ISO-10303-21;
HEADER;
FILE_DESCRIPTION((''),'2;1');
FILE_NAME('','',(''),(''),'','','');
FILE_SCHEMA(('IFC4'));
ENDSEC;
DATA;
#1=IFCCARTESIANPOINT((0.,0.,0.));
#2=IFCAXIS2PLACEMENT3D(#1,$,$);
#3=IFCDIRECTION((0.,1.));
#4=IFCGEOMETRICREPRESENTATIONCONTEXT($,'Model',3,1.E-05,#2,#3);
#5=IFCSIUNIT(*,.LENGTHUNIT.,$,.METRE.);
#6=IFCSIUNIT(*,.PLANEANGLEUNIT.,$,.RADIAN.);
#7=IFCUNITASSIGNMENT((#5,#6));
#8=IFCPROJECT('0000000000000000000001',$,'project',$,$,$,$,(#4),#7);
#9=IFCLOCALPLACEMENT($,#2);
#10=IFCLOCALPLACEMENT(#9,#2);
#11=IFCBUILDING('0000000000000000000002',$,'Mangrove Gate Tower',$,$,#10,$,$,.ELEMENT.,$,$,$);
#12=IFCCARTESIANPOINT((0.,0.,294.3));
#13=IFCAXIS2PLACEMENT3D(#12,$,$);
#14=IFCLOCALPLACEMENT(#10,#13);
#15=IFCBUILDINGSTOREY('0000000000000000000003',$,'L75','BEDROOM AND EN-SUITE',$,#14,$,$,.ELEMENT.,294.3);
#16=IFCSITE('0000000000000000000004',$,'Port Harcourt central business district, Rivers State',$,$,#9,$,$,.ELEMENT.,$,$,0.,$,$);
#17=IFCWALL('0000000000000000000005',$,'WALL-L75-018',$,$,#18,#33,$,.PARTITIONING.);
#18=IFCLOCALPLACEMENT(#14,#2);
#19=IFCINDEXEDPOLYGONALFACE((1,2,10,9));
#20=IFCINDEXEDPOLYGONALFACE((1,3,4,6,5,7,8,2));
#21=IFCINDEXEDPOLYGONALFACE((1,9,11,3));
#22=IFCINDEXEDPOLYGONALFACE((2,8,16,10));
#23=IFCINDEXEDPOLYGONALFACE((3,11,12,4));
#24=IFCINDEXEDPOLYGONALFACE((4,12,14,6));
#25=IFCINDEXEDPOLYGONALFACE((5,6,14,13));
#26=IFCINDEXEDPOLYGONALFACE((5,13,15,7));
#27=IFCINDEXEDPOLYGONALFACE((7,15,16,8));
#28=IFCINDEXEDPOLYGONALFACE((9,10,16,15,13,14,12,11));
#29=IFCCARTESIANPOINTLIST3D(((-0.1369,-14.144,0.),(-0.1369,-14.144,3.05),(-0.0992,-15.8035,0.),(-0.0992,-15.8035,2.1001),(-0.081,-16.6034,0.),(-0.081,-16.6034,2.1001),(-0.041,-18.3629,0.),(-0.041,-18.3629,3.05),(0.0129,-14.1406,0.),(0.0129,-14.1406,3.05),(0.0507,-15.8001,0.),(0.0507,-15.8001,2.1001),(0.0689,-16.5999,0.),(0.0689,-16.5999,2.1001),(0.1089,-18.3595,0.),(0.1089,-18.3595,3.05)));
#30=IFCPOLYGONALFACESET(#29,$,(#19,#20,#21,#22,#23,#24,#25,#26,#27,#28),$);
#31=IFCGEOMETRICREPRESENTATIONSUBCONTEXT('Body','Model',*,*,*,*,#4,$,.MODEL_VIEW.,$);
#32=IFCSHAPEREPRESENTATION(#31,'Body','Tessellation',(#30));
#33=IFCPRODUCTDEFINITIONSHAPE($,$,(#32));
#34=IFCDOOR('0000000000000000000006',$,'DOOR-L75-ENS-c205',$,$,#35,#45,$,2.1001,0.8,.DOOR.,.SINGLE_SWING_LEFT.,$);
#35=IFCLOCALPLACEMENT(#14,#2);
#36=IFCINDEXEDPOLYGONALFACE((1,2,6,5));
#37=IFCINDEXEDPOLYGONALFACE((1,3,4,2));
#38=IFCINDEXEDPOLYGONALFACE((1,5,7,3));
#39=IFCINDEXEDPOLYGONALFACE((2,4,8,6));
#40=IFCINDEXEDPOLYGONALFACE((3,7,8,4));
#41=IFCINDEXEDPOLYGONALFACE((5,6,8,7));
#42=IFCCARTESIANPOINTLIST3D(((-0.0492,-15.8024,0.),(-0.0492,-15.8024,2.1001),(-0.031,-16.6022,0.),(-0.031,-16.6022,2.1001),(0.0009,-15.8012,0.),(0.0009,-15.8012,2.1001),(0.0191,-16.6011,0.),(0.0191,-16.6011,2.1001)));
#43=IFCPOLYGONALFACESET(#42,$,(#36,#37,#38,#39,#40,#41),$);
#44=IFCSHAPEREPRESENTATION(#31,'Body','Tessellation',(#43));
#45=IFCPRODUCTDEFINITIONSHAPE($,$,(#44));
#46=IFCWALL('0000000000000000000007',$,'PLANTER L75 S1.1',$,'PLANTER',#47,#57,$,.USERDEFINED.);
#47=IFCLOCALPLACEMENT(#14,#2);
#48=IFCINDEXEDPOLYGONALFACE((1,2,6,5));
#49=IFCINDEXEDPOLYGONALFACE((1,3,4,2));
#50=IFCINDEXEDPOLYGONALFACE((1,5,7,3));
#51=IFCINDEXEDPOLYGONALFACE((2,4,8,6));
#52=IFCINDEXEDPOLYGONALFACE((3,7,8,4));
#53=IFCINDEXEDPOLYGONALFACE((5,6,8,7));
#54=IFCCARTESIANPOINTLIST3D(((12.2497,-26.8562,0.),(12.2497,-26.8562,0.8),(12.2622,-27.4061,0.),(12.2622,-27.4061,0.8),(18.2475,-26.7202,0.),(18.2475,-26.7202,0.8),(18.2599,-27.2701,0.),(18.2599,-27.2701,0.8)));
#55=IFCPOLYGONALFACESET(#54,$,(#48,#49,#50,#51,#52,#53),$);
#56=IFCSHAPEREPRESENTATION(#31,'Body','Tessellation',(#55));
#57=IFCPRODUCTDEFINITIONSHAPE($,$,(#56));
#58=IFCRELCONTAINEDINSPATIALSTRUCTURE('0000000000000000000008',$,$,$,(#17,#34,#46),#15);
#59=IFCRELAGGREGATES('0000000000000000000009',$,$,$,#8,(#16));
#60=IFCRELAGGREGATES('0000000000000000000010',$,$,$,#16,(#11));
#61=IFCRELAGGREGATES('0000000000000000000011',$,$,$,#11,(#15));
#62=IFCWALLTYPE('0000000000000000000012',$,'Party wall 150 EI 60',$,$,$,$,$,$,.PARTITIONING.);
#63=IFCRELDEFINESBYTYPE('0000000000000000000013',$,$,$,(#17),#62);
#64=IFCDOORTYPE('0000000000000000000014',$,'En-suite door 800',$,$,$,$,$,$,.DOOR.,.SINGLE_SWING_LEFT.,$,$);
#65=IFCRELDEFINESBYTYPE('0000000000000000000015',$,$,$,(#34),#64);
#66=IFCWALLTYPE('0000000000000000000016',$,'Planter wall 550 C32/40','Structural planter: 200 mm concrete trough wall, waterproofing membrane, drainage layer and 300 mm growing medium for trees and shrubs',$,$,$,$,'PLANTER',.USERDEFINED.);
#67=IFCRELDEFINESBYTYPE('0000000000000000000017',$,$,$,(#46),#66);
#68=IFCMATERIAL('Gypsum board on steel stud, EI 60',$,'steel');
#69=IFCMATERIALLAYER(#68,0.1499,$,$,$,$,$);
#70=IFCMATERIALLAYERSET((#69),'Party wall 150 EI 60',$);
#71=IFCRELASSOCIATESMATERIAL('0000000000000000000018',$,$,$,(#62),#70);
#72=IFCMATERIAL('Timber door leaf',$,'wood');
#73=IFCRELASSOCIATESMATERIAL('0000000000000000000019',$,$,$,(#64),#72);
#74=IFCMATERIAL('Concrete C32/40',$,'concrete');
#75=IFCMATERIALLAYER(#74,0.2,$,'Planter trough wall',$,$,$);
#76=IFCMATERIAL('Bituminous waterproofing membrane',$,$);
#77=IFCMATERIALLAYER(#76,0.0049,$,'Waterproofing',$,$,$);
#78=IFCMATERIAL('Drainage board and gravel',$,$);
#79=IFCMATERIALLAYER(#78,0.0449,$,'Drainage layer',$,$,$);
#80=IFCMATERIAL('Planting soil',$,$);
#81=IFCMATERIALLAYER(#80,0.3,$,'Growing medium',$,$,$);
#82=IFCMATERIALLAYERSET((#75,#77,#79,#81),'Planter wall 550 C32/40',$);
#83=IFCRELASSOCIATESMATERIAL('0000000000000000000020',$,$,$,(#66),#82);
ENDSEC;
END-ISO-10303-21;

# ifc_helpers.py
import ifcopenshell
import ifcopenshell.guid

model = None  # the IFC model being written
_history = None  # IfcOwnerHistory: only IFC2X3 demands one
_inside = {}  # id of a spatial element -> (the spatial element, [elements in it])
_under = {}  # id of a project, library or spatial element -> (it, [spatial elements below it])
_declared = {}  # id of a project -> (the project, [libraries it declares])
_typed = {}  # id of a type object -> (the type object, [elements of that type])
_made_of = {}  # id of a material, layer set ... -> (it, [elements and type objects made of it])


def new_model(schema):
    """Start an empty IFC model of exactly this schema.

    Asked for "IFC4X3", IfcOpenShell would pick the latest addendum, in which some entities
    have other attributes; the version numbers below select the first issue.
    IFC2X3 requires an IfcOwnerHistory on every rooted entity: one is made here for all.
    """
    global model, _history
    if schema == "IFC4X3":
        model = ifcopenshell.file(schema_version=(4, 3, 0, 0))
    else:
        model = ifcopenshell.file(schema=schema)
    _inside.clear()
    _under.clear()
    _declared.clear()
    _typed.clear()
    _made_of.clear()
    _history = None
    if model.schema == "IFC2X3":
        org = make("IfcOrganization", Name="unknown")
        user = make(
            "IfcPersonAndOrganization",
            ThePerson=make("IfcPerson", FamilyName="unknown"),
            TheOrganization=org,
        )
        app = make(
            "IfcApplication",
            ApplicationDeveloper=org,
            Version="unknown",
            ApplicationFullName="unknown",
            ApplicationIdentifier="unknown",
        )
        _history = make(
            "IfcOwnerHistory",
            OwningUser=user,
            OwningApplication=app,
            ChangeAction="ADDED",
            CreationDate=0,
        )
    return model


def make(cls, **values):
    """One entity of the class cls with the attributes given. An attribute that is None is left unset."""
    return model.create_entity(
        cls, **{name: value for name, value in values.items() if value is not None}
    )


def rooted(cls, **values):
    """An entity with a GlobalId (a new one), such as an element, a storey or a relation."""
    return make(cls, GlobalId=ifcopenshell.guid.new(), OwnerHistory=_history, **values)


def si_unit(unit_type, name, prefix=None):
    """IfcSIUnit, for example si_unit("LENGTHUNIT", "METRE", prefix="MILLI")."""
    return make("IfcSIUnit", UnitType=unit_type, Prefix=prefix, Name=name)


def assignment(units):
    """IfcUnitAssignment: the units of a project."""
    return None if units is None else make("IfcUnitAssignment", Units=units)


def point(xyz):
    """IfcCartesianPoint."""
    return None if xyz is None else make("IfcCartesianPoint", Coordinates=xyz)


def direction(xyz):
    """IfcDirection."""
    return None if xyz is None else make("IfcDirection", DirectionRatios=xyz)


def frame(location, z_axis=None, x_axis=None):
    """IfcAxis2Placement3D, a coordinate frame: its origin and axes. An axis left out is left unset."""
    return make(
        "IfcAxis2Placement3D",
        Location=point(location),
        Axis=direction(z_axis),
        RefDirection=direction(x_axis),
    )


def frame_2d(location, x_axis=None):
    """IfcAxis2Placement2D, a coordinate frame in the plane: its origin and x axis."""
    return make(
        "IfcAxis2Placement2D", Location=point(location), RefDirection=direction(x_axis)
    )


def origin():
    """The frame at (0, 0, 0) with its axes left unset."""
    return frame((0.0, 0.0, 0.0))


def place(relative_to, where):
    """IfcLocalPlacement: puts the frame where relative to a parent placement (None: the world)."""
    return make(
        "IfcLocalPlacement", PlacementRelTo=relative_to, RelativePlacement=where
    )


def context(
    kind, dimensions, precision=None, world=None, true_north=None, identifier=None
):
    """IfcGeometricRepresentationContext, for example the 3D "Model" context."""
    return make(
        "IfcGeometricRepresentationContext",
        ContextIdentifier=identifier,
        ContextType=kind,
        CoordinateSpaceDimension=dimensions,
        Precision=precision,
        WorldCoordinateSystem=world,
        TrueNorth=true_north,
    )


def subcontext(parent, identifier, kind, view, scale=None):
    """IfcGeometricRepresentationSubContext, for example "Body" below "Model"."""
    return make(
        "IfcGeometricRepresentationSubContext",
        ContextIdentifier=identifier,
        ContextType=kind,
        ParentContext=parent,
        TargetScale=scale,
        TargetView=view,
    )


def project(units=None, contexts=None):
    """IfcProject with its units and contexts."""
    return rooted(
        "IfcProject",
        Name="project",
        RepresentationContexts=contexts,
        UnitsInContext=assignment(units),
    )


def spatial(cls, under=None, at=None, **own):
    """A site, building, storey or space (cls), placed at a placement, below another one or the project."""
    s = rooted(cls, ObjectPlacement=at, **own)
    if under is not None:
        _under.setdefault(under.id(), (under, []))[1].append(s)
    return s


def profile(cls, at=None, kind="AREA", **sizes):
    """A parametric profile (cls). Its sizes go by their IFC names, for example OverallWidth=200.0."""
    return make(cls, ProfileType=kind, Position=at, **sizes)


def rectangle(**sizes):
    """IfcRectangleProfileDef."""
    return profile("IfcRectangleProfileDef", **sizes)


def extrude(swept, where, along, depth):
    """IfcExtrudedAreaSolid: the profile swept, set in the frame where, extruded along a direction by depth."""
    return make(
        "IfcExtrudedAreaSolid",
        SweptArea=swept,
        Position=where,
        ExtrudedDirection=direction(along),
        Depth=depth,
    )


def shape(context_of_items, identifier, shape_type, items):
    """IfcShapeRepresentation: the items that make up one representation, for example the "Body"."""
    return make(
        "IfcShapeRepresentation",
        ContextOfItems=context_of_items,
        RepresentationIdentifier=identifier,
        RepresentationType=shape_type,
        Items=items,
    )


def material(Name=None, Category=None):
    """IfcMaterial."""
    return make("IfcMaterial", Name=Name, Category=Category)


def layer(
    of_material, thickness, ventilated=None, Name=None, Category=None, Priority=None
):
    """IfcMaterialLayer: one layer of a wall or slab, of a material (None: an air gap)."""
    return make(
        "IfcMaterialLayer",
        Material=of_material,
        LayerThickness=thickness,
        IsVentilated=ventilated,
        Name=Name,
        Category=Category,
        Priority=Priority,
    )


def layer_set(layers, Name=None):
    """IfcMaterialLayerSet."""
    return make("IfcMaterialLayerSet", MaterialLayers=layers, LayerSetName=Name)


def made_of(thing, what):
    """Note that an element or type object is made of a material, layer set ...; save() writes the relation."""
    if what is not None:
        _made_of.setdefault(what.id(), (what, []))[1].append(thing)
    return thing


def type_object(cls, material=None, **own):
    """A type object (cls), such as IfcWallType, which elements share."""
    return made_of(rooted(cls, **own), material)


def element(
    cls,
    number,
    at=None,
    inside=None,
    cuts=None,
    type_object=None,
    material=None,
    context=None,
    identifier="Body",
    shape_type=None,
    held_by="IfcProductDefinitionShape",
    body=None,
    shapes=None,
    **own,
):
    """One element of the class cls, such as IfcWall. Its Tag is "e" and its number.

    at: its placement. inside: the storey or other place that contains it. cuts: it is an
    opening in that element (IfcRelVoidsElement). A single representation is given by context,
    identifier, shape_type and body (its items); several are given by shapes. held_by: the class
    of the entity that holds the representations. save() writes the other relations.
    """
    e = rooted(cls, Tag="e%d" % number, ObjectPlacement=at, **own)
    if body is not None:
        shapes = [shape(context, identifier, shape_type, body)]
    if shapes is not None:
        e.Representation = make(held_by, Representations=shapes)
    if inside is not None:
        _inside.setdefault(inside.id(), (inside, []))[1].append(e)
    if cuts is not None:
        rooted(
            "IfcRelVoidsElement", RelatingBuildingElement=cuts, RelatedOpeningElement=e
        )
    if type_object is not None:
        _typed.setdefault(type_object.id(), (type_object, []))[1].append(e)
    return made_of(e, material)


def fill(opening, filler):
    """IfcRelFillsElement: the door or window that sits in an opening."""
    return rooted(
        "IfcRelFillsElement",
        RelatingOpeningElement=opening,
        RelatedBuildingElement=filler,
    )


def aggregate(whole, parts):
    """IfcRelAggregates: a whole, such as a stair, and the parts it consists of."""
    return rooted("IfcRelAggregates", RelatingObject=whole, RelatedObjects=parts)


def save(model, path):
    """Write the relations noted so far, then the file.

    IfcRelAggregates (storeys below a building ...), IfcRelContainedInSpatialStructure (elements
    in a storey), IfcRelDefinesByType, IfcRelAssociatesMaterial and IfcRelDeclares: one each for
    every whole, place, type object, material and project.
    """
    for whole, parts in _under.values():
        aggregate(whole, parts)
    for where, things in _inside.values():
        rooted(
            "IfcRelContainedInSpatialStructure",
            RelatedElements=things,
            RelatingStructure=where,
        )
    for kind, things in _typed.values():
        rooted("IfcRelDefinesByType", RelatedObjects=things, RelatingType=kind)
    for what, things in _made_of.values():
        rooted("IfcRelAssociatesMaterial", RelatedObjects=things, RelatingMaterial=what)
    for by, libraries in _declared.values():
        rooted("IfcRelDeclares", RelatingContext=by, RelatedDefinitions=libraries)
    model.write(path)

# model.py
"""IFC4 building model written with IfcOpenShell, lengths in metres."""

from ifc_helpers import new_model, si_unit, direction, frame, frame_2d, origin, place, context, subcontext, project, spatial, rectangle, extrude, material, layer, layer_set, type_object, element, fill, save


model = new_model("IFC4")

# Units and contexts
model_context = context("Model", 3, precision=1e-05, world=origin(), true_north=direction((0.0, 1.0)))
body_context = subcontext(model_context, "Body", "Model", "MODEL_VIEW")
ifc_project = project(units=[si_unit("LENGTHUNIT", "METRE"), si_unit("PLANEANGLEUNIT", "RADIAN")], contexts=[model_context])

# Site, building, storey
site_placement = place(None, origin())
site = spatial("IfcSite", under=ifc_project, at=site_placement, Name="Port Harcourt central business district, Rivers State", CompositionType="ELEMENT", RefElevation=0.0)
building_placement = place(site_placement, origin())
building = spatial("IfcBuilding", under=site, at=building_placement, Name="Mangrove Gate Tower", CompositionType="ELEMENT")
storey_placement = place(building_placement, frame((0.0, 0.0, 294.3)))
storey = spatial("IfcBuildingStorey", under=building, at=storey_placement, Name="L75", Description="BEDROOM AND EN-SUITE", CompositionType="ELEMENT", Elevation=294.3)

# Shared definitions
ifc_material_1 = material(Name="Gypsum board on steel stud, EI 60", Category="steel")
ifc_layer_1 = layer(ifc_material_1, 0.1499)
ifc_layer_set_1 = layer_set([ifc_layer_1], Name="Party wall 150 EI 60")
wall_type_1 = type_object("IfcWallType", Name="Party wall 150 EI 60", PredefinedType="PARTITIONING", material=ifc_layer_set_1)

# Shared definitions
ifc_material_2 = material(Name="Timber door leaf", Category="wood")
door_type_1 = type_object("IfcDoorType", Name="En-suite door 800", OperationType="SINGLE_SWING_LEFT", PredefinedType="DOOR", material=ifc_material_2)

# Wall, opening, door
wall_1_placement = place(storey_placement, frame((0.0339, -18.3611, 0.0), z_axis=(0.0, 0.0, 1.0), x_axis=(-0.022736, 0.999742, 0.0)))
wall_1 = element("IfcWall", 1, at=wall_1_placement, inside=storey, type_object=wall_type_1, Name="WALL-L75-018", PredefinedType="PARTITIONING", context=body_context, shape_type="SweptSolid", body=[
    extrude(rectangle(XDim=4.22, YDim=0.1499, at=frame_2d((2.1099, 0.0))), origin(), (0.0, 0.0, 1.0), 3.05),
])
opening_1_placement = place(wall_1_placement, frame((1.76, 0.0, 0.0)))
opening_1 = element("IfcOpeningElement", 2, at=opening_1_placement, cuts=wall_1, PredefinedType="OPENING", context=body_context, shape_type="SweptSolid", body=[
    extrude(rectangle(XDim=0.8, YDim=2.1001, at=frame_2d((0.3999, 1.05))), frame((0.0, 0.085, 0.0), z_axis=(0.0, -1.0, 0.0), x_axis=(1.0, 0.0, 0.0)), (0.0, 0.0, 1.0), 0.1699),
])
door_1_placement = place(opening_1_placement, origin())
door_1 = element("IfcDoor", 3, at=door_1_placement, inside=storey, type_object=door_type_1, Name="DOOR-L75-ENS-c205", OperationType="SINGLE_SWING_LEFT", OverallHeight=2.1001, OverallWidth=0.8, PredefinedType="DOOR", context=body_context, shape_type="SweptSolid", body=[
    extrude(rectangle(XDim=0.8, YDim=2.1001, at=frame_2d((0.3999, 1.05))), frame((0.0, 0.0249, 0.0), z_axis=(0.0, -1.0, 0.0), x_axis=(1.0, 0.0, 0.0)), (0.0, 0.0, 1.0), 0.05),
])
fill(opening_1, door_1)

# Wall
ifc_material_3 = material(Name="Concrete C32/40", Category="concrete")
ifc_layer_2 = layer(ifc_material_3, 0.2, Name="Planter trough wall")
ifc_material_4 = material(Name="Bituminous waterproofing membrane")
ifc_layer_3 = layer(ifc_material_4, 0.0049, Name="Waterproofing")
ifc_material_5 = material(Name="Drainage board and gravel")
ifc_layer_4 = layer(ifc_material_5, 0.0449, Name="Drainage layer")
ifc_material_6 = material(Name="Planting soil")
ifc_layer_5 = layer(ifc_material_6, 0.3, Name="Growing medium")
ifc_layer_set_2 = layer_set([ifc_layer_2, ifc_layer_3, ifc_layer_4, ifc_layer_5], Name="Planter wall 550 C32/40")
wall_type_2 = type_object("IfcWallType", Name="Planter wall 550 C32/40", Description="Structural planter: 200 mm concrete trough wall, waterproofing membrane, drainage layer and 300 mm growing medium for trees and shrubs", ElementType="PLANTER", PredefinedType="USERDEFINED", material=ifc_layer_set_2)
wall_2_placement = place(storey_placement, frame((12.2561, -27.1311, 0.0), z_axis=(0.0, 0.0, 1.0), x_axis=(0.999743, 0.022667, 0.0)))
element("IfcWall", 4, at=wall_2_placement, inside=storey, type_object=wall_type_2, Name="PLANTER L75 S1.1", ObjectType="PLANTER", PredefinedType="USERDEFINED", context=body_context, shape_type="SweptSolid", body=[
    extrude(rectangle(XDim=5.9993, YDim=0.55, at=frame_2d((2.9995, 0.0))), origin(), (0.0, 0.0, 1.0), 0.8),
])

save(model, "model.ifc")
